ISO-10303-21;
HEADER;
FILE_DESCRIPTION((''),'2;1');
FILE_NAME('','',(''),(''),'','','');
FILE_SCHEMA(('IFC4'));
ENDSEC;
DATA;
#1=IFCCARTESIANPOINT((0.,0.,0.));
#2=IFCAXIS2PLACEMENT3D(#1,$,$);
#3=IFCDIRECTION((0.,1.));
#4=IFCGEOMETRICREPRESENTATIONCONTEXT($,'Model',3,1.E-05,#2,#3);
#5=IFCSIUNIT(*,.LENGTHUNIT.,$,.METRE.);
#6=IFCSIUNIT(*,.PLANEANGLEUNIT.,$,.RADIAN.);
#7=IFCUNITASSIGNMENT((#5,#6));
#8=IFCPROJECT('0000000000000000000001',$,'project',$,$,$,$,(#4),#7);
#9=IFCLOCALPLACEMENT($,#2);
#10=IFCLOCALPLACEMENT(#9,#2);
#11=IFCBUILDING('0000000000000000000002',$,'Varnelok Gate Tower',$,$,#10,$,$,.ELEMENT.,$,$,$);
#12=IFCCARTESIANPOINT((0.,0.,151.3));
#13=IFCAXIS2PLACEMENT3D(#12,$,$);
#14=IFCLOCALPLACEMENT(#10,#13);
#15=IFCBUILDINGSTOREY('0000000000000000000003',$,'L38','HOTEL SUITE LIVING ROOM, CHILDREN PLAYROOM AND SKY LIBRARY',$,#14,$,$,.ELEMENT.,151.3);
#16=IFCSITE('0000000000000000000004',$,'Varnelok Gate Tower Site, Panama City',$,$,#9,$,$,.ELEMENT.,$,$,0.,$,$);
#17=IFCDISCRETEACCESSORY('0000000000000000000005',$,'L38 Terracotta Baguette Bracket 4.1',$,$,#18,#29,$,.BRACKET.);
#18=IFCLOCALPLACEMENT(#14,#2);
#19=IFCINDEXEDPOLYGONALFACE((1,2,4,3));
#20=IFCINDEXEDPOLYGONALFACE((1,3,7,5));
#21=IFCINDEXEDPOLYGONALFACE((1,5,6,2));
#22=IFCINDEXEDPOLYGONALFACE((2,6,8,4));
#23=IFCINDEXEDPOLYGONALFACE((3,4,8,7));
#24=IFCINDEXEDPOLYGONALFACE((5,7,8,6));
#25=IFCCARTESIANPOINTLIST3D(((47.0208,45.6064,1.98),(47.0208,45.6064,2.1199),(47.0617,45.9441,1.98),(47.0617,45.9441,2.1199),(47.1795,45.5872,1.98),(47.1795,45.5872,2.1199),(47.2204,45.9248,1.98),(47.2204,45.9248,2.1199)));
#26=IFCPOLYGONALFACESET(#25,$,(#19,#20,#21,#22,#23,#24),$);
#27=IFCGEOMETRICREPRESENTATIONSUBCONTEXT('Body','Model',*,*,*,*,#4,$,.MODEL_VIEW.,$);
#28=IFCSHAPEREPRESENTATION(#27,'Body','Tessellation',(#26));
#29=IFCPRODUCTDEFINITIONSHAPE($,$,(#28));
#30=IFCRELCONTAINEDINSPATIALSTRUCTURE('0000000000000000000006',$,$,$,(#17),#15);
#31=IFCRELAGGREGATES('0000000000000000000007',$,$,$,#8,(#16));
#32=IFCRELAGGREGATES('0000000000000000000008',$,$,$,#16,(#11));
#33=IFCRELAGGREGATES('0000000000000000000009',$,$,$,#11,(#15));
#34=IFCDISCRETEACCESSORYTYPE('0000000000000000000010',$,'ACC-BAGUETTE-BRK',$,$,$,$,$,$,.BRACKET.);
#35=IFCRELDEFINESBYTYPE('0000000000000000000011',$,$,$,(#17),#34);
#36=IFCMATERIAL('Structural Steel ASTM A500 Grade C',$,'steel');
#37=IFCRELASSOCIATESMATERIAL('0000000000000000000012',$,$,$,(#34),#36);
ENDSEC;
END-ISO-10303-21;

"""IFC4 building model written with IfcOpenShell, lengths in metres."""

from ifc_helpers import new_model, si_unit, direction, frame, origin, origin_2d, place, context, subcontext, project, spatial, rectangle, extrude, source, transform, mapped, material, type_object, element, save


model = new_model("IFC4")

# Units and contexts
model_context = context("Model", 3, precision=1e-05, world=origin(), true_north=direction((0.0, 1.0)))
body_context = subcontext(model_context, "Body", "Model", "MODEL_VIEW")
ifc_project = project(units=[si_unit("LENGTHUNIT", "METRE"), si_unit("PLANEANGLEUNIT", "RADIAN")], contexts=[model_context])

# Site, building, storey
site_placement = place(None, origin())
site = spatial("IfcSite", under=ifc_project, at=site_placement, Name="Varnelok Gate Tower Site, Panama City", CompositionType="ELEMENT", RefElevation=0.0)
building_placement = place(site_placement, origin())
building = spatial("IfcBuilding", under=site, at=building_placement, Name="Varnelok Gate Tower", CompositionType="ELEMENT")
storey_placement = place(building_placement, frame((0.0, 0.0, 151.3)))
storey = spatial("IfcBuildingStorey", under=building, at=storey_placement, Name="L38", Description="HOTEL SUITE LIVING ROOM, CHILDREN PLAYROOM AND SKY LIBRARY", CompositionType="ELEMENT", Elevation=151.3)

# Discrete accessory
ifc_material_1 = material(Name="Structural Steel ASTM A500 Grade C", Category="steel")
discrete_accessory_type = type_object("IfcDiscreteAccessoryType", Name="ACC-BAGUETTE-BRK", PredefinedType="BRACKET", material=ifc_material_1)
shared_shape_1 = source(origin(), body_context, "Body", "SweptSolid", [
    extrude(rectangle(XDim=0.1599, YDim=0.3401, at=origin_2d()), origin(), (0.0, 0.0, 1.0), 0.1399),
])
discrete_accessory_placement = place(storey_placement, frame((47.1206, 45.7656, 1.98), z_axis=(0.0, 0.0, 1.0), x_axis=(0.992732, -0.120345, 0.0)))
element("IfcDiscreteAccessory", 1, at=discrete_accessory_placement, inside=storey, type_object=discrete_accessory_type, Name="L38 Terracotta Baguette Bracket 4.1", PredefinedType="BRACKET", context=body_context, shape_type="MappedRepresentation", body=[
    mapped(shared_shape_1, transform((0.0, 0.0, 0.0), scale=1.0)),
])

save(model, "model.ifc")
